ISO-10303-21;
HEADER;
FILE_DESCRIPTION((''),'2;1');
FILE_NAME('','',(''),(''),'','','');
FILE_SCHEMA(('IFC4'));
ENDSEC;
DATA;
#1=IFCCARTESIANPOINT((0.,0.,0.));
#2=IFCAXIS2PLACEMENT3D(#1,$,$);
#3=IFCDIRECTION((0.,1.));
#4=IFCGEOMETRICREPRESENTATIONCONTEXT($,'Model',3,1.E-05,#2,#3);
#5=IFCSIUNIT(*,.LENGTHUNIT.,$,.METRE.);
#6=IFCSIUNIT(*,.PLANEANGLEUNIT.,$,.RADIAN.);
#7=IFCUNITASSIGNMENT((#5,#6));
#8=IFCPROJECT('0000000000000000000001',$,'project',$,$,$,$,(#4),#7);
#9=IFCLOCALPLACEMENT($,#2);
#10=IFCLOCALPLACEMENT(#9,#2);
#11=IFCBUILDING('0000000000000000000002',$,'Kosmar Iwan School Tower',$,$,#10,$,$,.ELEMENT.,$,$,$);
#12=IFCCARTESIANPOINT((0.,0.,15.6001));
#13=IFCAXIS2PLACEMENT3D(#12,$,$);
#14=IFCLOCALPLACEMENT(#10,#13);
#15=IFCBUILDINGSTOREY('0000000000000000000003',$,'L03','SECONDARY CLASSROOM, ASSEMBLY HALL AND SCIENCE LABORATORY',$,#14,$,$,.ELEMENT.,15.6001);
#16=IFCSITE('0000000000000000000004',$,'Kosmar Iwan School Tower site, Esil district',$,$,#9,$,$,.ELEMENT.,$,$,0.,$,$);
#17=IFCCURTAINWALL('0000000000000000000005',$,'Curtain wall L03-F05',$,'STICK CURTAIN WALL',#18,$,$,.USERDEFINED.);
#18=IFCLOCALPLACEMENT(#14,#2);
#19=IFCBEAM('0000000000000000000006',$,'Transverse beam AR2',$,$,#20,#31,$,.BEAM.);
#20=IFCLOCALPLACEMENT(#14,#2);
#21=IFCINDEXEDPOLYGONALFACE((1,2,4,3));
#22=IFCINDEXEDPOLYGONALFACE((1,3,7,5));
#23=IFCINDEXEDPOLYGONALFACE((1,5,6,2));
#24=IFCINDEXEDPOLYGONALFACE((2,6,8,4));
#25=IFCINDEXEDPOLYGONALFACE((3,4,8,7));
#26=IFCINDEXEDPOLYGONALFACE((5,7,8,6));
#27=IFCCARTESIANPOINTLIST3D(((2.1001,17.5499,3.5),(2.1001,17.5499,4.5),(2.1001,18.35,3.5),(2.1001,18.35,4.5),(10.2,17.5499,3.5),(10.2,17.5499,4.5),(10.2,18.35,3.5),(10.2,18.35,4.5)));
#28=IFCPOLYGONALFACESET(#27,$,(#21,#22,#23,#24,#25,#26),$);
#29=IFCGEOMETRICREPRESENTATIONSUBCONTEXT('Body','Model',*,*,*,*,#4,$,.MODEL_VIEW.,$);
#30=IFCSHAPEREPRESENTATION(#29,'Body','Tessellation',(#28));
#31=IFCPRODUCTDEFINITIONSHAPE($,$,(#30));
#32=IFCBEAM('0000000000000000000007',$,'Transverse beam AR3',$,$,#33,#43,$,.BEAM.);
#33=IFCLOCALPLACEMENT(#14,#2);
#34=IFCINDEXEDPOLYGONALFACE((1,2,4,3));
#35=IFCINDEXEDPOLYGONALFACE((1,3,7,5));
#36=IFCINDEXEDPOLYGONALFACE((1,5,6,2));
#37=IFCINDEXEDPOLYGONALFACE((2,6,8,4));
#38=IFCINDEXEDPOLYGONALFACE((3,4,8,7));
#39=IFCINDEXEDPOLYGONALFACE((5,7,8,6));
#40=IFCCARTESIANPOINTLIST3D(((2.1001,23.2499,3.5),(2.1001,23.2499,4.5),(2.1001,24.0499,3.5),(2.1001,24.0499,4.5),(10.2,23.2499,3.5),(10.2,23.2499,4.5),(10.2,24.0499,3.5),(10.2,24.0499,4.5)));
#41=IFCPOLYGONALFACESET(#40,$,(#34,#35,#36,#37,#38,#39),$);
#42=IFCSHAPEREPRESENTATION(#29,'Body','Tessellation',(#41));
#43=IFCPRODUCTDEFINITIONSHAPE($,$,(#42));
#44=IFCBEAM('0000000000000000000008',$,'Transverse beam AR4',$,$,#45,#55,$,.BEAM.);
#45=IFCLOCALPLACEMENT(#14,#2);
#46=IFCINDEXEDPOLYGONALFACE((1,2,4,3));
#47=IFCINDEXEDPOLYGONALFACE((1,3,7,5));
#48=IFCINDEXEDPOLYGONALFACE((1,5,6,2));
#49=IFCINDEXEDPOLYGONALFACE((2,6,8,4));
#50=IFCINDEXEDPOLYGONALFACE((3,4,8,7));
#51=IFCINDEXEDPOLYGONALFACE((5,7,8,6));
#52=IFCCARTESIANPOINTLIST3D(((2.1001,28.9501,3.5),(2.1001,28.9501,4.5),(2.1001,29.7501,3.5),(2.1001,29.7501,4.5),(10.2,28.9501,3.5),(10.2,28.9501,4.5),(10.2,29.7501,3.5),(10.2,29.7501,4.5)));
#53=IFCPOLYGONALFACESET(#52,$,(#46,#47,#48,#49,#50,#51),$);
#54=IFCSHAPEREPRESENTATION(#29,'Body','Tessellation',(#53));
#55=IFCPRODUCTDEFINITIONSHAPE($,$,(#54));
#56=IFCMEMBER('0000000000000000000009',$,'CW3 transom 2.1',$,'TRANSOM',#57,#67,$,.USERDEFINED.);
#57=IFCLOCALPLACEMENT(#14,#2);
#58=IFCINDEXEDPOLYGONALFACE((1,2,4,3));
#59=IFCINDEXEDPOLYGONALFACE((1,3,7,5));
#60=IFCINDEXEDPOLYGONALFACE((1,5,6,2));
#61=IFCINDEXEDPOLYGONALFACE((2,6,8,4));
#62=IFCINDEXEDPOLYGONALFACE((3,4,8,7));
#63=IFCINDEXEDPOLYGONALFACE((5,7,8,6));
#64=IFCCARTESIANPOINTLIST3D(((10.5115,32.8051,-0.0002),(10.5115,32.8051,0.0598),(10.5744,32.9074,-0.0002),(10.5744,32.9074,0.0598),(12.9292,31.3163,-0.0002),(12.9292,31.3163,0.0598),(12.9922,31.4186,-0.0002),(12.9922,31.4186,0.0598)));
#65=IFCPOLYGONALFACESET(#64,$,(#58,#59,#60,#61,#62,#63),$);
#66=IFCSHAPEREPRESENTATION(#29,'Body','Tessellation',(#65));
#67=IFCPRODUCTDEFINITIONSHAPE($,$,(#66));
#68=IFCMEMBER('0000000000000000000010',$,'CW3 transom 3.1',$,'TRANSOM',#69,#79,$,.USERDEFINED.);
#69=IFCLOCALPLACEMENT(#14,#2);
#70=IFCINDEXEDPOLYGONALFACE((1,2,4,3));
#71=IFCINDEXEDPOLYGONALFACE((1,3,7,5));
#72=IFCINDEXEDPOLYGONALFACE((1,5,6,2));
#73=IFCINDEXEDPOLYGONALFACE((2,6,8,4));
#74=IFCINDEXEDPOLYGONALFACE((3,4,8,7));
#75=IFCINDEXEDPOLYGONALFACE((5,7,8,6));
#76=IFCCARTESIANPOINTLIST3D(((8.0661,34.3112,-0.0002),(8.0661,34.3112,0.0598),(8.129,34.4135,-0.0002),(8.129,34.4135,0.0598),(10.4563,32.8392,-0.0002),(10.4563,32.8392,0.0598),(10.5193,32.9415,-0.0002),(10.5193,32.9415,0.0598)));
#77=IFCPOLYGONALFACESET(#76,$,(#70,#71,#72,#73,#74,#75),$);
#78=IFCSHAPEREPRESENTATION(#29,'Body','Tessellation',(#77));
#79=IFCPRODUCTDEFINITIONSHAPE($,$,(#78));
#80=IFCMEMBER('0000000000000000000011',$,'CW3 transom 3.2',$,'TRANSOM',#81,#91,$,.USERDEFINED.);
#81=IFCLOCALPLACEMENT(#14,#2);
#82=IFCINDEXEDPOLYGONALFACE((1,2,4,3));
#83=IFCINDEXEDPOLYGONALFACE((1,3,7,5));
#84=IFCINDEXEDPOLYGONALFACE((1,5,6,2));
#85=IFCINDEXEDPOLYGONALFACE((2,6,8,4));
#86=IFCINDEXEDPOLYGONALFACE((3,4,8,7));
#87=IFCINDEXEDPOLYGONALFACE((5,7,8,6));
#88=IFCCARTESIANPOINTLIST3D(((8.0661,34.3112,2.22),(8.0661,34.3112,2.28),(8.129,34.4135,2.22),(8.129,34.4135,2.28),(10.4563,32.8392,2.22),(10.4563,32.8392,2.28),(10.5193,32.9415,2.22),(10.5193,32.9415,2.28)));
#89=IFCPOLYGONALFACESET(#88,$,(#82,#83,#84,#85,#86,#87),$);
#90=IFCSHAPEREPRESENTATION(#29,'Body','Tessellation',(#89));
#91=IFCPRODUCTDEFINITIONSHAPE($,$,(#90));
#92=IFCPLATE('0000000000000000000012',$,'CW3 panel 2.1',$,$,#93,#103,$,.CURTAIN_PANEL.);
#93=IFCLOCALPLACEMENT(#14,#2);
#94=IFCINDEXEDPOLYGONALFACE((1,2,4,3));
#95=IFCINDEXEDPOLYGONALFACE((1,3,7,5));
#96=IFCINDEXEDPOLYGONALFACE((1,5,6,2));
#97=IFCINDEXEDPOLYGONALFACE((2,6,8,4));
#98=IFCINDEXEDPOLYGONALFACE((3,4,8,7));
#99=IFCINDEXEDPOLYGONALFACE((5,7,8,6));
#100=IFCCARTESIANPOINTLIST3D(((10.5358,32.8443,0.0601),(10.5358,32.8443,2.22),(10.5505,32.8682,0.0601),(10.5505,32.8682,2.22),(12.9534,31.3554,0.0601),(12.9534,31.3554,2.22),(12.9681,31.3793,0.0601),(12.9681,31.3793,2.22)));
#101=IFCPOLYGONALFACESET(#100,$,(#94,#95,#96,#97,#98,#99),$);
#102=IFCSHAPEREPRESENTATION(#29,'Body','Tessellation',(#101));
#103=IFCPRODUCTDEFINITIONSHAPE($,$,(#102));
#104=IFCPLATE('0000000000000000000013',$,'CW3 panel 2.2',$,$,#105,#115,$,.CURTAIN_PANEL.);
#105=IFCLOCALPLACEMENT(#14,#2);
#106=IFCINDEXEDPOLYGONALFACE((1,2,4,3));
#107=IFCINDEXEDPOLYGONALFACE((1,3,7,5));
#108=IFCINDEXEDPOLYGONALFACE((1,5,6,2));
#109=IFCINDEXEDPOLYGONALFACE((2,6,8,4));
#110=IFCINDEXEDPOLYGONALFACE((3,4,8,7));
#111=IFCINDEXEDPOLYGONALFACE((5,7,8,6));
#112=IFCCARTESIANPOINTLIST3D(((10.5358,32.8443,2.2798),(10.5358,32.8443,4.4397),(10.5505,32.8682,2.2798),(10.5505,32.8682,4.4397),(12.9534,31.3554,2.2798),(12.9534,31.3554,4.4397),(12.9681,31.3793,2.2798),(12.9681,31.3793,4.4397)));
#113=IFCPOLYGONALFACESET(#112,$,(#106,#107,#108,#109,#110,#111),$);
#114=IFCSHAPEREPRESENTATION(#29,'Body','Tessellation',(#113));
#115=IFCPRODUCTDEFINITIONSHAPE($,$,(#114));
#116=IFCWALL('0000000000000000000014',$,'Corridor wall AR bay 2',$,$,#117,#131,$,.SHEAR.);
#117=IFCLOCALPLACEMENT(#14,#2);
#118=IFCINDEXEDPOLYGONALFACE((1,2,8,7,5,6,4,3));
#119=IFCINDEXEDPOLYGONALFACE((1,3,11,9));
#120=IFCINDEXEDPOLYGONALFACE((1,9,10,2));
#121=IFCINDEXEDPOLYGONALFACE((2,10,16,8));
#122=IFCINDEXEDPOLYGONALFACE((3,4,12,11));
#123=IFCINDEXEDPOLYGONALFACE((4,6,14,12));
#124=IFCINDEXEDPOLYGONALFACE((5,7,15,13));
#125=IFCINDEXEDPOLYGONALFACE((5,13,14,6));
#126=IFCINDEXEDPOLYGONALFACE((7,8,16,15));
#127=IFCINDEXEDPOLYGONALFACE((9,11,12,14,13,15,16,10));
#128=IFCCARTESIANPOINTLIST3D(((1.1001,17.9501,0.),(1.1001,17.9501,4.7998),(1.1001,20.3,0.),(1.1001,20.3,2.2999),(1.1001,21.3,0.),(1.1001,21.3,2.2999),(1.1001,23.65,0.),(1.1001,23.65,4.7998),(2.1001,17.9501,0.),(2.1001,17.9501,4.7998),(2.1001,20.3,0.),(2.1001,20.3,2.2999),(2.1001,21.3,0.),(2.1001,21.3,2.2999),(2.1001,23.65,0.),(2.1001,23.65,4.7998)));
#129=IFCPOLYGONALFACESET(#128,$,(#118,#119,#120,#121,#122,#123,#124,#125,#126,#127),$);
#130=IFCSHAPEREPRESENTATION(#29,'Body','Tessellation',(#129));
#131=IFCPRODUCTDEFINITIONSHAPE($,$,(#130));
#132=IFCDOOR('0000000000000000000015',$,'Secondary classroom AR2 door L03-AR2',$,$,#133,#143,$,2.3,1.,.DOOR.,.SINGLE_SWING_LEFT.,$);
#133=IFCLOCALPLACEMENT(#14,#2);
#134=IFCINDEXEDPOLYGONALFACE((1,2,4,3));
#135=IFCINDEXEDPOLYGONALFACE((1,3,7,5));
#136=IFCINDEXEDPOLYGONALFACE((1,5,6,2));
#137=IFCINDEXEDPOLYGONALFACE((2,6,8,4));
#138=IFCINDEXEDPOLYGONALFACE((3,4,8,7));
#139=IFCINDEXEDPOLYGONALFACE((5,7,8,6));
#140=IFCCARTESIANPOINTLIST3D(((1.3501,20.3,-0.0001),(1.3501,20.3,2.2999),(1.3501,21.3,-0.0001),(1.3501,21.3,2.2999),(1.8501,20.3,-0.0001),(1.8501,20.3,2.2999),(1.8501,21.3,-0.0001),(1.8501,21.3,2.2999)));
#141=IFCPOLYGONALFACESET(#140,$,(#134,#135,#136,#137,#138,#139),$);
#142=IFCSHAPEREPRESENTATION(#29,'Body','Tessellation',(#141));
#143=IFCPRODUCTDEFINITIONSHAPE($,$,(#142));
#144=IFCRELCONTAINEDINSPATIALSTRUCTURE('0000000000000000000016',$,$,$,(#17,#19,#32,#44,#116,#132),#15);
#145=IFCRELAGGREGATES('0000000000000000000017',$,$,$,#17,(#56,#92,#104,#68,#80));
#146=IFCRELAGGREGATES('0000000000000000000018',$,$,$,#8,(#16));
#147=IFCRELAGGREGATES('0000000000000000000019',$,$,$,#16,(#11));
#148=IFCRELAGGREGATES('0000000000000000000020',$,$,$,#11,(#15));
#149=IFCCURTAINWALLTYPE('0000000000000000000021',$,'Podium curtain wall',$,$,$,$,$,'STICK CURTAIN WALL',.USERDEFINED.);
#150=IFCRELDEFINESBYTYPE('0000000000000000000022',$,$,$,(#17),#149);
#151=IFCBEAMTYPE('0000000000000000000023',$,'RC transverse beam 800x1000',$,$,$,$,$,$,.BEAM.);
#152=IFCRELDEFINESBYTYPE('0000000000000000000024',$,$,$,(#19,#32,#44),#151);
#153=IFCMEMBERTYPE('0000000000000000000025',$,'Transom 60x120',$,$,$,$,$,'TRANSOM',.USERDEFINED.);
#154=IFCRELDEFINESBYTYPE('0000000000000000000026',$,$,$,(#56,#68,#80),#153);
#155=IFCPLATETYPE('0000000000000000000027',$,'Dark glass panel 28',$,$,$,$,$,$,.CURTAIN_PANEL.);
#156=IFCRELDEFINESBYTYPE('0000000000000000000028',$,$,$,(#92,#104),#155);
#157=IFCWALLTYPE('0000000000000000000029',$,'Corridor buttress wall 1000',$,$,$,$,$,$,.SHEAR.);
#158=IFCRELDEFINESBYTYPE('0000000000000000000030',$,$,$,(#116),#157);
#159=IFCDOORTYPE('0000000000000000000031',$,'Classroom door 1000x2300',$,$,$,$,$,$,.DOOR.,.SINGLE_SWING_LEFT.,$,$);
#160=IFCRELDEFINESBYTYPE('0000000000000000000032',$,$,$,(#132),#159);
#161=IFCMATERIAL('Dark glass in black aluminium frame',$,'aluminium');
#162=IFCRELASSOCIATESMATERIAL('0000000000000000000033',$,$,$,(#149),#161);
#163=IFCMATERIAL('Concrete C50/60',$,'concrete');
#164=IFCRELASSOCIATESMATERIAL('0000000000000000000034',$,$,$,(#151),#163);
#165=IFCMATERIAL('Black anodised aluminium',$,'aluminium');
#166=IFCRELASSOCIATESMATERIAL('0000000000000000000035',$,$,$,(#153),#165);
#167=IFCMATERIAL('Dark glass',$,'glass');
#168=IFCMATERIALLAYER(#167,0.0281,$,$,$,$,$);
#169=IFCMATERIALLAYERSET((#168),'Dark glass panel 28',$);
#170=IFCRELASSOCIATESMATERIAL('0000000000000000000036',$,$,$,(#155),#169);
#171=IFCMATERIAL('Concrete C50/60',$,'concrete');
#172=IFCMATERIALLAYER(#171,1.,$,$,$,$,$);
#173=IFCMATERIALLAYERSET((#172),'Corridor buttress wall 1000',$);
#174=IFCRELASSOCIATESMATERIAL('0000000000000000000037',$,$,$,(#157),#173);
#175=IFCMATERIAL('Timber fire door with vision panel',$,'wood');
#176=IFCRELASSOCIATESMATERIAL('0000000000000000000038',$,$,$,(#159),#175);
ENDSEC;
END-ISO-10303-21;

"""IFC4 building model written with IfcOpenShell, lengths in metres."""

from ifc_helpers import new_model, si_unit, direction, frame, frame_2d, origin, origin_2d, place, context, subcontext, project, spatial, rectangle, extrude, material, layer, layer_set, material_profile, profile_set, type_object, element, fill, aggregate, save


model = new_model("IFC4")

# Units and contexts
model_context = context("Model", 3, precision=1e-05, world=origin(), true_north=direction((0.0, 1.0)))
body_context = subcontext(model_context, "Body", "Model", "MODEL_VIEW")
ifc_project = project(units=[si_unit("LENGTHUNIT", "METRE"), si_unit("PLANEANGLEUNIT", "RADIAN")], contexts=[model_context])

# Site, building, storey
site_placement = place(None, origin())
site = spatial("IfcSite", under=ifc_project, at=site_placement, Name="Kosmar Iwan School Tower site, Esil district", CompositionType="ELEMENT", RefElevation=0.0)
building_placement = place(site_placement, origin())
building = spatial("IfcBuilding", under=site, at=building_placement, Name="Kosmar Iwan School Tower", CompositionType="ELEMENT")
storey_placement = place(building_placement, frame((0.0, 0.0, 15.6001)))
storey = spatial("IfcBuildingStorey", under=building, at=storey_placement, Name="L03", Description="SECONDARY CLASSROOM, ASSEMBLY HALL AND SCIENCE LABORATORY", CompositionType="ELEMENT", Elevation=15.6001)

# Curtain wall
ifc_material_1 = material(Name="Dark glass in black aluminium frame", Category="aluminium")
curtain_wall_type = type_object("IfcCurtainWallType", Name="Podium curtain wall", ElementType="STICK CURTAIN WALL", PredefinedType="USERDEFINED", material=ifc_material_1)
curtain_wall_placement = place(storey_placement, origin())
curtain_wall = element("IfcCurtainWall", 1, at=curtain_wall_placement, inside=storey, type_object=curtain_wall_type, Name="Curtain wall L03-F05", ObjectType="STICK CURTAIN WALL", PredefinedType="USERDEFINED")

# Beams
ifc_material_2 = material(Name="Concrete C50/60", Category="concrete")
ifc_material_profile_1 = material_profile(ifc_material_2, rectangle(XDim=0.8, YDim=1.0, at=origin_2d()), Name="RC 800x1000")
ifc_profile_set_1 = profile_set([ifc_material_profile_1], Name="Concrete C50/60")
beam_type_1 = type_object("IfcBeamType", Name="RC transverse beam 800x1000", PredefinedType="BEAM", material=ifc_profile_set_1)
for number, where, z_axis, x_axis, name in (
    (2, (10.2, 17.95, 4.0), (-1.0, 0.0, 0.0), (0.0, -1.0, 0.0), "Transverse beam AR2"),
    (3, (10.2, 23.6499, 4.0), (-1.0, 0.0, 0.0), (0.0, -1.0, 0.0), "Transverse beam AR3"),
    (4, (10.2, 29.3501, 4.0), (-1.0, 0.0, 0.0), (0.0, -1.0, 0.0), "Transverse beam AR4"),
):
    element("IfcBeam", number, at=place(storey_placement, frame(where, z_axis=z_axis, x_axis=x_axis)), inside=storey, type_object=beam_type_1, Name=name, PredefinedType="BEAM", context=body_context, shape_type="SweptSolid", body=[
        extrude(rectangle(XDim=0.8, YDim=1.0, at=origin_2d()), origin(), (0.0, 0.0, 1.0), 8.0999),
    ])

# Members
ifc_material_3 = material(Name="Black anodised aluminium", Category="aluminium")
ifc_material_profile_2 = material_profile(ifc_material_3, rectangle(XDim=0.1201, YDim=0.0601, at=origin_2d()), Name="TRANSOM 60x120")
ifc_profile_set_2 = profile_set([ifc_material_profile_2], Name="Black anodised aluminium")
member_type_1 = type_object("IfcMemberType", Name="Transom 60x120", ElementType="TRANSOM", PredefinedType="USERDEFINED", material=ifc_profile_set_2)
member_1_placement = place(storey_placement, frame((12.9607, 31.3674, 0.0298), z_axis=(-0.851511, 0.524337, 0.0), x_axis=(-0.524337, -0.851511, 0.0)))
member_1 = element("IfcMember", 5, at=member_1_placement, type_object=member_type_1, Name="CW3 transom 2.1", ObjectType="TRANSOM", PredefinedType="USERDEFINED", context=body_context, shape_type="SweptSolid", body=[
    extrude(rectangle(XDim=0.1201, YDim=0.0601, at=origin_2d()), origin(), (0.0, 0.0, 1.0), 2.8394),
])
member_2_placement = place(storey_placement, frame((10.4878, 32.8904, 0.0298), z_axis=(-0.851488, 0.524374, 0.0), x_axis=(-0.524374, -0.851488, 0.0)))
member_2 = element("IfcMember", 6, at=member_2_placement, type_object=member_type_1, Name="CW3 transom 3.1", ObjectType="TRANSOM", PredefinedType="USERDEFINED", context=body_context, shape_type="SweptSolid", body=[
    extrude(rectangle(XDim=0.1201, YDim=0.0601, at=origin_2d()), origin(), (0.0, 0.0, 1.0), 2.8071),
])
member_3_placement = place(storey_placement, frame((10.4878, 32.8904, 2.25), z_axis=(-0.851488, 0.524374, 0.0), x_axis=(-0.524374, -0.851488, 0.0)))
member_3 = element("IfcMember", 7, at=member_3_placement, type_object=member_type_1, Name="CW3 transom 3.2", ObjectType="TRANSOM", PredefinedType="USERDEFINED", context=body_context, shape_type="SweptSolid", body=[
    extrude(rectangle(XDim=0.1201, YDim=0.0601, at=origin_2d()), origin(), (0.0, 0.0, 1.0), 2.8071),
])

# Plates
ifc_material_4 = material(Name="Dark glass", Category="glass")
ifc_layer_1 = layer(ifc_material_4, 0.0281)
ifc_layer_set_1 = layer_set([ifc_layer_1], Name="Dark glass panel 28")
plate_type = type_object("IfcPlateType", Name="Dark glass panel 28", PredefinedType="CURTAIN_PANEL", material=ifc_layer_set_1)
plate_1_placement = place(storey_placement, frame((11.752, 32.1118, 0.0601), z_axis=(0.0, 0.0, 1.0), x_axis=(-0.851483, 0.524382, 0.0)))
plate_1 = element("IfcPlate", 8, at=plate_1_placement, type_object=plate_type, Name="CW3 panel 2.1", PredefinedType="CURTAIN_PANEL", context=body_context, shape_type="SweptSolid", body=[
    extrude(rectangle(XDim=2.8394, YDim=0.0281, at=origin_2d()), origin(), (0.0, 0.0, 1.0), 2.1599),
])
plate_2_placement = place(storey_placement, frame((11.752, 32.1118, 2.2798), z_axis=(0.0, 0.0, 1.0), x_axis=(-0.851483, 0.524382, 0.0)))
plate_2 = element("IfcPlate", 9, at=plate_2_placement, type_object=plate_type, Name="CW3 panel 2.2", PredefinedType="CURTAIN_PANEL", context=body_context, shape_type="SweptSolid", body=[
    extrude(rectangle(XDim=2.8394, YDim=0.0281, at=origin_2d()), origin(), (0.0, 0.0, 1.0), 2.1599),
])
aggregate(curtain_wall, [member_1, plate_1, plate_2, member_2, member_3])

# Wall, opening, door
ifc_material_5 = material(Name="Concrete C50/60", Category="concrete")
ifc_layer_2 = layer(ifc_material_5, 1.0)
ifc_layer_set_2 = layer_set([ifc_layer_2], Name="Corridor buttress wall 1000")
wall_type_1 = type_object("IfcWallType", Name="Corridor buttress wall 1000", PredefinedType="SHEAR", material=ifc_layer_set_2)
wall_1_placement = place(storey_placement, frame((1.6001, 17.95, 0.0), z_axis=(0.0, 0.0, 1.0), x_axis=(0.0, 1.0, 0.0)))
wall_1 = element("IfcWall", 10, at=wall_1_placement, inside=storey, type_object=wall_type_1, Name="Corridor wall AR bay 2", PredefinedType="SHEAR", context=body_context, shape_type="SweptSolid", body=[
    extrude(rectangle(XDim=5.7, YDim=1.0, at=frame_2d((2.8501, 0.0))), origin(), (0.0, 0.0, 1.0), 4.7998),
])
opening_1_placement = place(wall_1_placement, frame((2.3501, 0.0, 0.0)))
opening_1 = element("IfcOpeningElement", 11, at=opening_1_placement, cuts=wall_1, PredefinedType="OPENING", context=body_context, shape_type="SweptSolid", body=[
    extrude(rectangle(XDim=1.0, YDim=2.3, at=frame_2d((0.5, 1.1499))), frame((0.0, 0.512, 0.0), z_axis=(0.0, -1.0, 0.0), x_axis=(1.0, 0.0, 0.0)), (0.0, 0.0, 1.0), 1.0239),
])
ifc_material_6 = material(Name="Timber fire door with vision panel", Category="wood")
door_type = type_object("IfcDoorType", Name="Classroom door 1000x2300", OperationType="SINGLE_SWING_LEFT", PredefinedType="DOOR", material=ifc_material_6)
door_1_placement = place(opening_1_placement, origin())
door_1 = element("IfcDoor", 12, at=door_1_placement, inside=storey, type_object=door_type, Name="Secondary classroom AR2 door L03-AR2", OperationType="SINGLE_SWING_LEFT", OverallHeight=2.3, OverallWidth=1.0, PredefinedType="DOOR", context=body_context, shape_type="SweptSolid", body=[
    extrude(rectangle(XDim=1.0, YDim=2.3, at=frame_2d((0.5, 1.1499))), frame((0.0, 0.25, 0.0), z_axis=(0.0, -1.0, 0.0), x_axis=(1.0, 0.0, 0.0)), (0.0, 0.0, 1.0), 0.5),
])
fill(opening_1, door_1)

save(model, "model.ifc")
